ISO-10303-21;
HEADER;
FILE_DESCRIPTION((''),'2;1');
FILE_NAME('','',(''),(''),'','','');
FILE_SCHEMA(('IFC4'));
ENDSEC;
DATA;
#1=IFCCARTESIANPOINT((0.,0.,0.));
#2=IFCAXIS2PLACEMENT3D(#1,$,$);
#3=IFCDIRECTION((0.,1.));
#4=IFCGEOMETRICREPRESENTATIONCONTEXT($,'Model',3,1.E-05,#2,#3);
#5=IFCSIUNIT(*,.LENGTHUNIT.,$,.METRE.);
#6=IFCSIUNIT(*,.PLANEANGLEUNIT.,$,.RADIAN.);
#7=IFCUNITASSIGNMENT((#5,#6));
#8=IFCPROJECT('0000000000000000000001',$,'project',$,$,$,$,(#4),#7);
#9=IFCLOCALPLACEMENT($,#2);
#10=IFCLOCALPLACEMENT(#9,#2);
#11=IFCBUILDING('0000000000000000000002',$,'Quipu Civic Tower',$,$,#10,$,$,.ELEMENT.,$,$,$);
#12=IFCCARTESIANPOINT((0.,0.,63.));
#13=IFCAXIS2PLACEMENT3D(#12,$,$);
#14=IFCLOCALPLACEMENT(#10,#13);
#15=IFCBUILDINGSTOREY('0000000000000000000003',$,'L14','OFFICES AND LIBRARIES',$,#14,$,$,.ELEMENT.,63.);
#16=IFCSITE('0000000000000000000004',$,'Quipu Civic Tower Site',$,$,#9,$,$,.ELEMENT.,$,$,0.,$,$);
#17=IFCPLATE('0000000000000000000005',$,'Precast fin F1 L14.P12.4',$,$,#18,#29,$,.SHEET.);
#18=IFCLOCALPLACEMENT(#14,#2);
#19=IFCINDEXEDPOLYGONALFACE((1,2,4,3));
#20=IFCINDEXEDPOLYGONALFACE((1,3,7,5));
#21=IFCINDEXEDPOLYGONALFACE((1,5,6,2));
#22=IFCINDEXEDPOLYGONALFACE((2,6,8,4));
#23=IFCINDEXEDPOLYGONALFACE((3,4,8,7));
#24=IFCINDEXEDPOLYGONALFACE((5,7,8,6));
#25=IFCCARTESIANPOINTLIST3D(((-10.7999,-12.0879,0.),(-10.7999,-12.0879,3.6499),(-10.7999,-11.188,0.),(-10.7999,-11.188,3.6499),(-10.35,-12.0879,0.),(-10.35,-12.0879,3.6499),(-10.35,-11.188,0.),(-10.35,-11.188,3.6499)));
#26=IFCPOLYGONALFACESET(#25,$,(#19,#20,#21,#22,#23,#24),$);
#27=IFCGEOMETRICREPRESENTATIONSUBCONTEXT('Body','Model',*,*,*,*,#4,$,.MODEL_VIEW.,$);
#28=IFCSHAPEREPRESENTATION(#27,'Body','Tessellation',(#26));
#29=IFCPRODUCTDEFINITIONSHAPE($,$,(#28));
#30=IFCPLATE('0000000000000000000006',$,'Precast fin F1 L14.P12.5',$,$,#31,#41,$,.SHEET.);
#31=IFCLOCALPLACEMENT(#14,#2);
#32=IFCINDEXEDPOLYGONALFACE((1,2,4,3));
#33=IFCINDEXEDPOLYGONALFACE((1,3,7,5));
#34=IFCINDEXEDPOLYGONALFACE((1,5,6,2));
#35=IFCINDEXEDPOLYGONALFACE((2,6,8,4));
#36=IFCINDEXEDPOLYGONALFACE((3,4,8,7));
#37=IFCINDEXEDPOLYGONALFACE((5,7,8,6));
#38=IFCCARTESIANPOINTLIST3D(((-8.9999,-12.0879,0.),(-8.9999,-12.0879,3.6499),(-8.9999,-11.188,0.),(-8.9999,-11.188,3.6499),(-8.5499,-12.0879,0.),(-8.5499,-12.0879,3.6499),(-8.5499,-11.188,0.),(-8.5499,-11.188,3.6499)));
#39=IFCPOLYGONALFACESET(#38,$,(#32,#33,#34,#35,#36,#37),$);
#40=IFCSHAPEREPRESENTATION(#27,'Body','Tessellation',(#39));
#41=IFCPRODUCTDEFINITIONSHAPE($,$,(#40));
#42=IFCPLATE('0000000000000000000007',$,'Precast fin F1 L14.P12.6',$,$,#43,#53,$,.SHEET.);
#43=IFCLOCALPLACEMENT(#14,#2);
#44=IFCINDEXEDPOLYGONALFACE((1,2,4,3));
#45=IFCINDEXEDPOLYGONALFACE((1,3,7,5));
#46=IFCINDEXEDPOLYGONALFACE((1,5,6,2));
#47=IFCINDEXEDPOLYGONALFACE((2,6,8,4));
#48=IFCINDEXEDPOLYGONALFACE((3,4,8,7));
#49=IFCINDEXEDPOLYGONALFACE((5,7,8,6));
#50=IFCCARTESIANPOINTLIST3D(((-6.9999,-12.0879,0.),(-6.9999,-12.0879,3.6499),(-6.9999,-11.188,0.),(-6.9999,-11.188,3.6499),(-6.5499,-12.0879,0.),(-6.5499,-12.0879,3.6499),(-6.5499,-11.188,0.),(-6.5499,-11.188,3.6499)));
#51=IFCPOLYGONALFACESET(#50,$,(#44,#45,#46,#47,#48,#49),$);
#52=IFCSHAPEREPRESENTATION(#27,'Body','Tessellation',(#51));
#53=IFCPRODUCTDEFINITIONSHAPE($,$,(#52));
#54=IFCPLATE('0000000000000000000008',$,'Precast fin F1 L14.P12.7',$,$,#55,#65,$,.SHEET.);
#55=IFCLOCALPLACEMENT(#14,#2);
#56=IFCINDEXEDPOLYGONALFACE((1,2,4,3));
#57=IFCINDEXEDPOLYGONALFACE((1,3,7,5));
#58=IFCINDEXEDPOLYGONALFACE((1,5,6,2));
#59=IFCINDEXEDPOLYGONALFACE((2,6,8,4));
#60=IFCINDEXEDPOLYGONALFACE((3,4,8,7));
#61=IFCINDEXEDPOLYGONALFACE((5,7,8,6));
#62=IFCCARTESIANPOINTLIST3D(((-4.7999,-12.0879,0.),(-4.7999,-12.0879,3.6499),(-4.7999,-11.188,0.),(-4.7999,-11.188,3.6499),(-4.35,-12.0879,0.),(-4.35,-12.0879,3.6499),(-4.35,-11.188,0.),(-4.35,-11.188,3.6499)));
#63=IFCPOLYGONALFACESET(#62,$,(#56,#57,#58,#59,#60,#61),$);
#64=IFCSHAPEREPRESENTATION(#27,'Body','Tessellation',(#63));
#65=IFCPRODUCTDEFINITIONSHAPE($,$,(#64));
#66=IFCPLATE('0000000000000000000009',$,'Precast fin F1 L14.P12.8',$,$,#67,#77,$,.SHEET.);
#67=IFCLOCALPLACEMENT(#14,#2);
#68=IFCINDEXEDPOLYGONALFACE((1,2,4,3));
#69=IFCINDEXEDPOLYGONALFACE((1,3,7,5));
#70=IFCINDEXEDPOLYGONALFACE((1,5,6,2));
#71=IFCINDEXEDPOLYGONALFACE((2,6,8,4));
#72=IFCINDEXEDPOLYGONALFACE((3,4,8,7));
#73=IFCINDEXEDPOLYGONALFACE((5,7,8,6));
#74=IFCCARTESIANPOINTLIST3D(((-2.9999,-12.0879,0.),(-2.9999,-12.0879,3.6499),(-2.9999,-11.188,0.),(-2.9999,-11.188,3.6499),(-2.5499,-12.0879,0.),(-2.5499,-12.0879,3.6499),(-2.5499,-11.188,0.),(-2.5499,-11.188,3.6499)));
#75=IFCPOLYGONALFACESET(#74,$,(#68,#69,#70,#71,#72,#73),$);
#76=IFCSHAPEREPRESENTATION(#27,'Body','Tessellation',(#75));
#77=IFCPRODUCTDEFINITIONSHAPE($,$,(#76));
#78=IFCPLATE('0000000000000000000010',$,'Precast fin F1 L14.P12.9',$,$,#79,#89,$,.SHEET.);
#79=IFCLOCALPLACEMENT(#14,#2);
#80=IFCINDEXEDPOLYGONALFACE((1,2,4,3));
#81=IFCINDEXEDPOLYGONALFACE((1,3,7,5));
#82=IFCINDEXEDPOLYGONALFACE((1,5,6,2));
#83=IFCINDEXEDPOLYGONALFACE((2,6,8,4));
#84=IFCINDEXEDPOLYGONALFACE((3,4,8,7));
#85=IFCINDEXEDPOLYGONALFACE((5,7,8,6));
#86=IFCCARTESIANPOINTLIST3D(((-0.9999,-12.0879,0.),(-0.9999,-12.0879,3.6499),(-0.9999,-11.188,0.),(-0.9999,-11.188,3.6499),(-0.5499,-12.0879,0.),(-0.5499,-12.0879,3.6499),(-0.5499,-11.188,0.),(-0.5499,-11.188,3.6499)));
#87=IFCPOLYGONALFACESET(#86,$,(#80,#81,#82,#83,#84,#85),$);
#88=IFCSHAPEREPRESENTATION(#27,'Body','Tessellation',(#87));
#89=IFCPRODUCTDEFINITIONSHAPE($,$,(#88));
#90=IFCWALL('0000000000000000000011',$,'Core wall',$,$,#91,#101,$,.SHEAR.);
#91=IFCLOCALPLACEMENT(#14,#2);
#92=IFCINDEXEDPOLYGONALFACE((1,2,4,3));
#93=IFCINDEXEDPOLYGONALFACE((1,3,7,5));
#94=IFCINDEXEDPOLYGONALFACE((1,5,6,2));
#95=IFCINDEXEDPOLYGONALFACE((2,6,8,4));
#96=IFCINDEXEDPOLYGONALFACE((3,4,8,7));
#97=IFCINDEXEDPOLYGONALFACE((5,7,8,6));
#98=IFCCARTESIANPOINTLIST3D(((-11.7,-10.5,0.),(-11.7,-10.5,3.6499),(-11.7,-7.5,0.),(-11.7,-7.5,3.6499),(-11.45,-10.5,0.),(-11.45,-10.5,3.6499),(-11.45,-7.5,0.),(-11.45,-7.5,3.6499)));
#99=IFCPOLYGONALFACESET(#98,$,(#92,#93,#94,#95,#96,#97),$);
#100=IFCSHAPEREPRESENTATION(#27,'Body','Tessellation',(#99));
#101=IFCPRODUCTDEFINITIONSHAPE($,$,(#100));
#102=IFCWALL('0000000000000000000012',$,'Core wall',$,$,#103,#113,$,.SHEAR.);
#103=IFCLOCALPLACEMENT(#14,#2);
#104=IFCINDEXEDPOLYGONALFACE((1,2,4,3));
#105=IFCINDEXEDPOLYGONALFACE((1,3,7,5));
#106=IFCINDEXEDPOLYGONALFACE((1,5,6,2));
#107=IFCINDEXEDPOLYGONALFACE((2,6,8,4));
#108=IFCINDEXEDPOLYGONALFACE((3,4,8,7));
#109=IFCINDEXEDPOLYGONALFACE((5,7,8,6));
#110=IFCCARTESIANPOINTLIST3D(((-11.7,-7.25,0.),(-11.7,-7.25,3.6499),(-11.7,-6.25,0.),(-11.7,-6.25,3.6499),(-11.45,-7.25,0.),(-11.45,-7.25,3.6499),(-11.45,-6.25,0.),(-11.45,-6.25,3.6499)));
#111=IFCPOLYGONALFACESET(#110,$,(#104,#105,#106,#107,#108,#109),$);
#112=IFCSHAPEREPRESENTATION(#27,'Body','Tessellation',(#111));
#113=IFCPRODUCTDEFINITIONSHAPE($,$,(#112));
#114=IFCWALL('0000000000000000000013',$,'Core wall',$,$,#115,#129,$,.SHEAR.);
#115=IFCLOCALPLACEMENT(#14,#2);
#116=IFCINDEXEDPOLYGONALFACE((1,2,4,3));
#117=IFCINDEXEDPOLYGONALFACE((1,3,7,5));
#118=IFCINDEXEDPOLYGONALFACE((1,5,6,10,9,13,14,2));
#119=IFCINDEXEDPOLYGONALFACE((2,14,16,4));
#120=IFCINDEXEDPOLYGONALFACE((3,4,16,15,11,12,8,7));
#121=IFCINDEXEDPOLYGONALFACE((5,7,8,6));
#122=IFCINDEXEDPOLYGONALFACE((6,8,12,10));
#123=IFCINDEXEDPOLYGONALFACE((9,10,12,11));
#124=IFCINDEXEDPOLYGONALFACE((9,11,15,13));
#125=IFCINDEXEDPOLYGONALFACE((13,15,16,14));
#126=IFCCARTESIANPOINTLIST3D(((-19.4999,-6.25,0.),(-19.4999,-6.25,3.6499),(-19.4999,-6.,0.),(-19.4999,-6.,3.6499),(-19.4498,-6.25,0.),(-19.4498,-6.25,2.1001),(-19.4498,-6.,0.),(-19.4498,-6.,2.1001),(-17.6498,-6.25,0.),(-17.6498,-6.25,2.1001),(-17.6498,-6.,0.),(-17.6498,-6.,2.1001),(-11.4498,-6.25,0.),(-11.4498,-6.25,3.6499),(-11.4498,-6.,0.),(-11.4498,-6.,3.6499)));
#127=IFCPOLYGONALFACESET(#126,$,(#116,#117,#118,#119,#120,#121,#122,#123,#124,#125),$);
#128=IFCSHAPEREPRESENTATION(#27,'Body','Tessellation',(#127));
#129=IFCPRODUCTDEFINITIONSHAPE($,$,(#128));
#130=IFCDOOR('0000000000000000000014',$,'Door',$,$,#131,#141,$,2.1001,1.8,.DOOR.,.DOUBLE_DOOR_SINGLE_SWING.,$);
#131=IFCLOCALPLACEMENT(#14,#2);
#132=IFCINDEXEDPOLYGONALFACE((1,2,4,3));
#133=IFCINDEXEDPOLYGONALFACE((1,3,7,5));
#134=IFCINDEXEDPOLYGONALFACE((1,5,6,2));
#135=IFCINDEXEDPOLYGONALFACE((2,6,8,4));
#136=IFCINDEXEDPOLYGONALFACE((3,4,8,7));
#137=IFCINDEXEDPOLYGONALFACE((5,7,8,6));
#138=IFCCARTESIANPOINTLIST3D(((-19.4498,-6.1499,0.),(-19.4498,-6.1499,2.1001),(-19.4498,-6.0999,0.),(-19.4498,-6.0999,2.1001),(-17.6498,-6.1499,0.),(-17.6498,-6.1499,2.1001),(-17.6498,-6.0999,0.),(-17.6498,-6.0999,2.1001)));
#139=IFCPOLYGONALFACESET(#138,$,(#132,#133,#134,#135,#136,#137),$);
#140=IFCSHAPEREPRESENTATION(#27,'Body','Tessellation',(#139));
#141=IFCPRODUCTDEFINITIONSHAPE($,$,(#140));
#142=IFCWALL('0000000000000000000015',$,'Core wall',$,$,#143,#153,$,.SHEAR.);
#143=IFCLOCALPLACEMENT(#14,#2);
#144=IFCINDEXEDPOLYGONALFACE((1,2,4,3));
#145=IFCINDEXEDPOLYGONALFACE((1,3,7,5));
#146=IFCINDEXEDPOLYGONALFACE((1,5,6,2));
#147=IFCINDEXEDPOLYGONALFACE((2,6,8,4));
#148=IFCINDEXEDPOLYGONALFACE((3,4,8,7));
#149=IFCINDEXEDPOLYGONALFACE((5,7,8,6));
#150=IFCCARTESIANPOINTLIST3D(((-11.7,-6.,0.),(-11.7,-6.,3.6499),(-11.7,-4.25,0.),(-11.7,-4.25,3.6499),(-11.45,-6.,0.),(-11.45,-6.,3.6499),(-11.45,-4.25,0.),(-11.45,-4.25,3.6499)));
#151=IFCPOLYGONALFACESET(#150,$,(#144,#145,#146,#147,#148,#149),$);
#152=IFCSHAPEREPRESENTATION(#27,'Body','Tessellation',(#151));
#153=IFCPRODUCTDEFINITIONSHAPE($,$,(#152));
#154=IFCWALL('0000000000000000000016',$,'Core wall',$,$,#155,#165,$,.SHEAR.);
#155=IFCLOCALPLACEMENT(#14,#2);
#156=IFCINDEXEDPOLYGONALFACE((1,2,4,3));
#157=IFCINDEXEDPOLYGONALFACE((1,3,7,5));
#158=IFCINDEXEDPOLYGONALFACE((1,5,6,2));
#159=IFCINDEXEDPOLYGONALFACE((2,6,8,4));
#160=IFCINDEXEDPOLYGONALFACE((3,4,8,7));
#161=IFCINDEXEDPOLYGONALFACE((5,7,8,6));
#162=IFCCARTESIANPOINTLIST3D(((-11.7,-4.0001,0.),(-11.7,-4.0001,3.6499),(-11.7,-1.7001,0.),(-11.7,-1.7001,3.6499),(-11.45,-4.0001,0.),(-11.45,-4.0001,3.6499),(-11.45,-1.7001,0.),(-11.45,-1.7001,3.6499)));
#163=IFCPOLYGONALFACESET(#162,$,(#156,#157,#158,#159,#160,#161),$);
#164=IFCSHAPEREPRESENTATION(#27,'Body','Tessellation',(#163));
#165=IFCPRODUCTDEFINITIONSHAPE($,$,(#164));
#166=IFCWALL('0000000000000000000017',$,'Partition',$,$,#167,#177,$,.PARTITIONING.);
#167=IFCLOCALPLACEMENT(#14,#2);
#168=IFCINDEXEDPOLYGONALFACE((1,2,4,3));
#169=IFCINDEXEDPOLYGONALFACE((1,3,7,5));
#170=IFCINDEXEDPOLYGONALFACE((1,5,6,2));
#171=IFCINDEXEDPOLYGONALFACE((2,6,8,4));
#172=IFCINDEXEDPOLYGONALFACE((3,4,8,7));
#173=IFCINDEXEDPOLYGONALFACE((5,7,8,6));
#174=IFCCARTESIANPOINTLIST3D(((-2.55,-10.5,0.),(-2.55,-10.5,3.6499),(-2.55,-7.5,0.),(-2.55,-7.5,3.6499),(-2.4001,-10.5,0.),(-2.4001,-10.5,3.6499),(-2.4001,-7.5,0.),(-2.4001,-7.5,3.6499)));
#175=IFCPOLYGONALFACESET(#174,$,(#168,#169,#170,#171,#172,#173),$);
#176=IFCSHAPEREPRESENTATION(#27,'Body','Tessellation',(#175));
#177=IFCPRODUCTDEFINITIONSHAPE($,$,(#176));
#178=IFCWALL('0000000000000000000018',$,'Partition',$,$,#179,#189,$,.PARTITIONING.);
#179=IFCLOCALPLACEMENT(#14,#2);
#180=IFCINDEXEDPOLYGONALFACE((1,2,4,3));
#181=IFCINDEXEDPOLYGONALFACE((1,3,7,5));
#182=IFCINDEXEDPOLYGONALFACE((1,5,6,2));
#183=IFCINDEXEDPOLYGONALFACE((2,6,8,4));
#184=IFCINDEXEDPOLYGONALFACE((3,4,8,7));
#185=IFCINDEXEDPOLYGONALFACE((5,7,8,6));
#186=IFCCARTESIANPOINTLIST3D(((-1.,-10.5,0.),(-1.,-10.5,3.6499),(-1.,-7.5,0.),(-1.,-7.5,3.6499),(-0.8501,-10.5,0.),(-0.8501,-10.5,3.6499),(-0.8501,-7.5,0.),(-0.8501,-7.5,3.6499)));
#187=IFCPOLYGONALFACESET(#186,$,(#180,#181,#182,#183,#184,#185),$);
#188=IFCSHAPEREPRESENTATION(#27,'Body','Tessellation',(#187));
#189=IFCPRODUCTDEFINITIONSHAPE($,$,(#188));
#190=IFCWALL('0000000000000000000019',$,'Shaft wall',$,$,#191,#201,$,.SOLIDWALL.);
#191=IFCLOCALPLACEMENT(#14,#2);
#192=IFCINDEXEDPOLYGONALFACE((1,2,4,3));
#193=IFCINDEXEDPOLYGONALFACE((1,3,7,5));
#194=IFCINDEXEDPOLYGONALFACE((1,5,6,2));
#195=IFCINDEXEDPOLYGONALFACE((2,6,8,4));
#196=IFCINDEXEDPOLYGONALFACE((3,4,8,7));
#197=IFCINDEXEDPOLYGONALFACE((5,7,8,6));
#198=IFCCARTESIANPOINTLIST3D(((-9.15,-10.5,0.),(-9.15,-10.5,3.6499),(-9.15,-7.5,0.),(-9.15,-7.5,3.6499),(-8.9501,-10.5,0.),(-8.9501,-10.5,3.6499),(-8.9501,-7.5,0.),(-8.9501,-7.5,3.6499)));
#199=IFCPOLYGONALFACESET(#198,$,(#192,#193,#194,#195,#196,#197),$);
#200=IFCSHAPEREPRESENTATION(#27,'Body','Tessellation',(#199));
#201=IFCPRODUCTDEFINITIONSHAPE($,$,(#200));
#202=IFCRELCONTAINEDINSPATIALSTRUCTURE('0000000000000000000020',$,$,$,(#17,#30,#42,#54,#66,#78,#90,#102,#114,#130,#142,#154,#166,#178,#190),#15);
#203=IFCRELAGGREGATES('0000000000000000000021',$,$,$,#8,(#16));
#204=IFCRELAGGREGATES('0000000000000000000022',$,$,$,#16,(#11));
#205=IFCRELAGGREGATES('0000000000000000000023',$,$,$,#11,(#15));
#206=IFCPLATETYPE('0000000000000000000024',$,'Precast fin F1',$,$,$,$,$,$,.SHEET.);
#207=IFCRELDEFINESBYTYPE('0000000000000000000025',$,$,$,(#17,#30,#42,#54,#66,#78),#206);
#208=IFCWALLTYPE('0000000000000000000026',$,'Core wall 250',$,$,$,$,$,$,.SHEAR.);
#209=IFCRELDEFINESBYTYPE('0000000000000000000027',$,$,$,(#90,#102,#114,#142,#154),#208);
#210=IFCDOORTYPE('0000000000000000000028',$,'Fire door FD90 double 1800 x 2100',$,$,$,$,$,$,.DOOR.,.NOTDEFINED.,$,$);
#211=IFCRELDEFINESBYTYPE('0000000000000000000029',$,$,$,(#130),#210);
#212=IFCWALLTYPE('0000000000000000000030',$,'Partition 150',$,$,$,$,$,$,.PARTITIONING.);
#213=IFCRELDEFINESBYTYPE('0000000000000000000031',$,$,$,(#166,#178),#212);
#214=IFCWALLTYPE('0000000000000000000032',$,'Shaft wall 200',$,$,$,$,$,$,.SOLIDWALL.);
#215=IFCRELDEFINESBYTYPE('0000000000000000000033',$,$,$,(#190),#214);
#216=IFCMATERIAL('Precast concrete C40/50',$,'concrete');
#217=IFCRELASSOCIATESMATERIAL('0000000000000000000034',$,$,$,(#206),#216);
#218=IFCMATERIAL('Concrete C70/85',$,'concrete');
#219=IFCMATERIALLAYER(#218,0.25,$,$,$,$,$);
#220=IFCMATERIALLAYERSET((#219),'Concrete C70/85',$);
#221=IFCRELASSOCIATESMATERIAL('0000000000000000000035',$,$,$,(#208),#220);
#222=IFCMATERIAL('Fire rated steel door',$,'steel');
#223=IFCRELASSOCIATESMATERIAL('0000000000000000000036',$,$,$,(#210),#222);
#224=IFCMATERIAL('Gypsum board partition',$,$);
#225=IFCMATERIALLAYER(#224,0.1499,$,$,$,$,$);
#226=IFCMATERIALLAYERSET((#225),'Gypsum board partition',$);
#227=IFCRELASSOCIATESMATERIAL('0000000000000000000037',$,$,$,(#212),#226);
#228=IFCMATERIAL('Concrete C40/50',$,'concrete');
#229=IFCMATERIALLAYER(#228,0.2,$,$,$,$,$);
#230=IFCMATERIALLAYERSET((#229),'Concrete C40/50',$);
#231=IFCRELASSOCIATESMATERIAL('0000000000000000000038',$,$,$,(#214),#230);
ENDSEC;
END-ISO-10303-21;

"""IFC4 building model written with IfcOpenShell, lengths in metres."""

from ifc_helpers import new_model, si_unit, direction, frame, frame_2d, origin, origin_2d, place, context, subcontext, project, spatial, rectangle, extrude, material, layer, layer_set, type_object, element, fill, save


model = new_model("IFC4")

# Units and contexts
model_context = context("Model", 3, precision=1e-05, world=origin(), true_north=direction((0.0, 1.0)))
body_context = subcontext(model_context, "Body", "Model", "MODEL_VIEW")
ifc_project = project(units=[si_unit("LENGTHUNIT", "METRE"), si_unit("PLANEANGLEUNIT", "RADIAN")], contexts=[model_context])

# Site, building, storey
site_placement = place(None, origin())
site = spatial("IfcSite", under=ifc_project, at=site_placement, Name="Quipu Civic Tower Site", CompositionType="ELEMENT", RefElevation=0.0)
building_placement = place(site_placement, origin())
building = spatial("IfcBuilding", under=site, at=building_placement, Name="Quipu Civic Tower", CompositionType="ELEMENT")
storey_placement = place(building_placement, frame((0.0, 0.0, 63.0)))
storey = spatial("IfcBuildingStorey", under=building, at=storey_placement, Name="L14", Description="OFFICES AND LIBRARIES", CompositionType="ELEMENT", Elevation=63.0)

# Plates
ifc_material_1 = material(Name="Precast concrete C40/50", Category="concrete")
plate_type = type_object("IfcPlateType", Name="Precast fin F1", PredefinedType="SHEET", material=ifc_material_1)
for number, where, z_axis, x_axis, name in (
    (1, (-10.575, -11.6379, 0.0), (0.0, 0.0, 1.0), (1.0, 0.0, 0.0), "Precast fin F1 L14.P12.4"),
    (2, (-8.7749, -11.6379, 0.0), (0.0, 0.0, 1.0), (1.0, 0.0, 0.0), "Precast fin F1 L14.P12.5"),
    (3, (-6.7749, -11.6379, 0.0), (0.0, 0.0, 1.0), (1.0, 0.0, 0.0), "Precast fin F1 L14.P12.6"),
    (4, (-4.575, -11.6379, 0.0), (0.0, 0.0, 1.0), (1.0, 0.0, 0.0), "Precast fin F1 L14.P12.7"),
    (5, (-2.7749, -11.6379, 0.0), (0.0, 0.0, 1.0), (1.0, 0.0, 0.0), "Precast fin F1 L14.P12.8"),
    (6, (-0.7749, -11.6379, 0.0), (0.0, 0.0, 1.0), (1.0, 0.0, 0.0), "Precast fin F1 L14.P12.9"),
):
    element("IfcPlate", number, at=place(storey_placement, frame(where, z_axis=z_axis, x_axis=x_axis)), inside=storey, type_object=plate_type, Name=name, PredefinedType="SHEET", context=body_context, shape_type="SweptSolid", body=[
        extrude(rectangle(XDim=0.45, YDim=0.8999, at=origin_2d()), origin(), (0.0, 0.0, 1.0), 3.6499),
    ])

# Walls
ifc_material_2 = material(Name="Concrete C70/85", Category="concrete")
ifc_layer_1 = layer(ifc_material_2, 0.25)
ifc_layer_set_1 = layer_set([ifc_layer_1], Name="Concrete C70/85")
wall_type_1 = type_object("IfcWallType", Name="Core wall 250", PredefinedType="SHEAR", material=ifc_layer_set_1)
wall_1_placement = place(storey_placement, frame((-11.575, -10.5, 0.0), z_axis=(0.0, 0.0, 1.0), x_axis=(0.0, 1.0, 0.0)))
element("IfcWall", 7, at=wall_1_placement, inside=storey, type_object=wall_type_1, Name="Core wall", PredefinedType="SHEAR", context=body_context, shape_type="SweptSolid", body=[
    extrude(rectangle(XDim=3.0, YDim=0.25, at=frame_2d((1.5, 0.0))), origin(), (0.0, 0.0, 1.0), 3.6499),
])
wall_2_placement = place(storey_placement, frame((-11.575, -7.25, 0.0), z_axis=(0.0, 0.0, 1.0), x_axis=(0.0, 1.0, 0.0)))
element("IfcWall", 8, at=wall_2_placement, inside=storey, type_object=wall_type_1, Name="Core wall", PredefinedType="SHEAR", context=body_context, shape_type="SweptSolid", body=[
    extrude(rectangle(XDim=1.0, YDim=0.25, at=frame_2d((0.5, 0.0))), origin(), (0.0, 0.0, 1.0), 3.6499),
])

# Wall, opening, door
wall_3_placement = place(storey_placement, frame((-11.45, -6.125, 0.0), z_axis=(0.0, 0.0, 1.0), x_axis=(-1.0, 0.0, 0.0)))
wall_3 = element("IfcWall", 9, at=wall_3_placement, inside=storey, type_object=wall_type_1, Name="Core wall", PredefinedType="SHEAR", context=body_context, shape_type="SweptSolid", body=[
    extrude(rectangle(XDim=8.05, YDim=0.25, at=frame_2d((4.0249, 0.0))), origin(), (0.0, 0.0, 1.0), 3.6499),
])
opening_placement = place(wall_3_placement, frame((6.2, 0.0, 0.0)))
opening = element("IfcOpeningElement", 10, at=opening_placement, cuts=wall_3, PredefinedType="OPENING", context=body_context, shape_type="SweptSolid", body=[
    extrude(rectangle(XDim=1.8, YDim=2.1001, at=frame_2d((0.8999, 1.05))), frame((0.0, 0.135, 0.0), z_axis=(0.0, -1.0, 0.0), x_axis=(1.0, 0.0, 0.0)), (0.0, 0.0, 1.0), 0.27),
])
ifc_material_3 = material(Name="Fire rated steel door", Category="steel")
door_type = type_object("IfcDoorType", Name="Fire door FD90 double 1800 x 2100", OperationType="NOTDEFINED", PredefinedType="DOOR", material=ifc_material_3)
door_placement = place(opening_placement, origin())
door = element("IfcDoor", 11, at=door_placement, inside=storey, type_object=door_type, Name="Door", OperationType="DOUBLE_DOOR_SINGLE_SWING", OverallHeight=2.1001, OverallWidth=1.8, PredefinedType="DOOR", context=body_context, shape_type="SweptSolid", body=[
    extrude(rectangle(XDim=1.8, YDim=2.1001, at=frame_2d((0.8999, 1.05))), frame((0.0, 0.0249, 0.0), z_axis=(0.0, -1.0, 0.0), x_axis=(1.0, 0.0, 0.0)), (0.0, 0.0, 1.0), 0.05),
])
fill(opening, door)

# Walls
wall_4_placement = place(storey_placement, frame((-11.575, -6.0, 0.0), z_axis=(0.0, 0.0, 1.0), x_axis=(0.0, 1.0, 0.0)))
element("IfcWall", 12, at=wall_4_placement, inside=storey, type_object=wall_type_1, Name="Core wall", PredefinedType="SHEAR", context=body_context, shape_type="SweptSolid", body=[
    extrude(rectangle(XDim=1.75, YDim=0.25, at=frame_2d((0.875, 0.0))), origin(), (0.0, 0.0, 1.0), 3.6499),
])
wall_5_placement = place(storey_placement, frame((-11.575, -4.0, 0.0), z_axis=(0.0, 0.0, 1.0), x_axis=(0.0, 1.0, 0.0)))
element("IfcWall", 13, at=wall_5_placement, inside=storey, type_object=wall_type_1, Name="Core wall", PredefinedType="SHEAR", context=body_context, shape_type="SweptSolid", body=[
    extrude(rectangle(XDim=2.3, YDim=0.25, at=frame_2d((1.1499, 0.0))), origin(), (0.0, 0.0, 1.0), 3.6499),
])
ifc_material_4 = material(Name="Gypsum board partition")
ifc_layer_2 = layer(ifc_material_4, 0.1499)
ifc_layer_set_2 = layer_set([ifc_layer_2], Name="Gypsum board partition")
wall_type_2 = type_object("IfcWallType", Name="Partition 150", PredefinedType="PARTITIONING", material=ifc_layer_set_2)
for number, where, z_axis, x_axis, name in (
    (14, (-2.4751, -10.5, 0.0), (0.0, 0.0, 1.0), (0.0, 1.0, 0.0), "Partition"),
    (15, (-0.925, -10.5, 0.0), (0.0, 0.0, 1.0), (0.0, 1.0, 0.0), "Partition"),
):
    element("IfcWall", number, at=place(storey_placement, frame(where, z_axis=z_axis, x_axis=x_axis)), inside=storey, type_object=wall_type_2, Name=name, PredefinedType="PARTITIONING", context=body_context, shape_type="SweptSolid", body=[
        extrude(rectangle(XDim=3.0, YDim=0.1499, at=frame_2d((1.5, 0.0))), origin(), (0.0, 0.0, 1.0), 3.6499),
    ])
ifc_material_5 = material(Name="Concrete C40/50", Category="concrete")
ifc_layer_3 = layer(ifc_material_5, 0.2)
ifc_layer_set_3 = layer_set([ifc_layer_3], Name="Concrete C40/50")
wall_type_3 = type_object("IfcWallType", Name="Shaft wall 200", PredefinedType="SOLIDWALL", material=ifc_layer_set_3)
for number, where, z_axis, x_axis, name in (
    (16, (-9.05, -10.5, 0.0), (0.0, 0.0, 1.0), (0.0, 1.0, 0.0), "Shaft wall"),
):
    element("IfcWall", number, at=place(storey_placement, frame(where, z_axis=z_axis, x_axis=x_axis)), inside=storey, type_object=wall_type_3, Name=name, PredefinedType="SOLIDWALL", context=body_context, shape_type="SweptSolid", body=[
        extrude(rectangle(XDim=3.0, YDim=0.2, at=frame_2d((1.5, 0.0))), origin(), (0.0, 0.0, 1.0), 3.6499),
    ])

save(model, "model.ifc")
